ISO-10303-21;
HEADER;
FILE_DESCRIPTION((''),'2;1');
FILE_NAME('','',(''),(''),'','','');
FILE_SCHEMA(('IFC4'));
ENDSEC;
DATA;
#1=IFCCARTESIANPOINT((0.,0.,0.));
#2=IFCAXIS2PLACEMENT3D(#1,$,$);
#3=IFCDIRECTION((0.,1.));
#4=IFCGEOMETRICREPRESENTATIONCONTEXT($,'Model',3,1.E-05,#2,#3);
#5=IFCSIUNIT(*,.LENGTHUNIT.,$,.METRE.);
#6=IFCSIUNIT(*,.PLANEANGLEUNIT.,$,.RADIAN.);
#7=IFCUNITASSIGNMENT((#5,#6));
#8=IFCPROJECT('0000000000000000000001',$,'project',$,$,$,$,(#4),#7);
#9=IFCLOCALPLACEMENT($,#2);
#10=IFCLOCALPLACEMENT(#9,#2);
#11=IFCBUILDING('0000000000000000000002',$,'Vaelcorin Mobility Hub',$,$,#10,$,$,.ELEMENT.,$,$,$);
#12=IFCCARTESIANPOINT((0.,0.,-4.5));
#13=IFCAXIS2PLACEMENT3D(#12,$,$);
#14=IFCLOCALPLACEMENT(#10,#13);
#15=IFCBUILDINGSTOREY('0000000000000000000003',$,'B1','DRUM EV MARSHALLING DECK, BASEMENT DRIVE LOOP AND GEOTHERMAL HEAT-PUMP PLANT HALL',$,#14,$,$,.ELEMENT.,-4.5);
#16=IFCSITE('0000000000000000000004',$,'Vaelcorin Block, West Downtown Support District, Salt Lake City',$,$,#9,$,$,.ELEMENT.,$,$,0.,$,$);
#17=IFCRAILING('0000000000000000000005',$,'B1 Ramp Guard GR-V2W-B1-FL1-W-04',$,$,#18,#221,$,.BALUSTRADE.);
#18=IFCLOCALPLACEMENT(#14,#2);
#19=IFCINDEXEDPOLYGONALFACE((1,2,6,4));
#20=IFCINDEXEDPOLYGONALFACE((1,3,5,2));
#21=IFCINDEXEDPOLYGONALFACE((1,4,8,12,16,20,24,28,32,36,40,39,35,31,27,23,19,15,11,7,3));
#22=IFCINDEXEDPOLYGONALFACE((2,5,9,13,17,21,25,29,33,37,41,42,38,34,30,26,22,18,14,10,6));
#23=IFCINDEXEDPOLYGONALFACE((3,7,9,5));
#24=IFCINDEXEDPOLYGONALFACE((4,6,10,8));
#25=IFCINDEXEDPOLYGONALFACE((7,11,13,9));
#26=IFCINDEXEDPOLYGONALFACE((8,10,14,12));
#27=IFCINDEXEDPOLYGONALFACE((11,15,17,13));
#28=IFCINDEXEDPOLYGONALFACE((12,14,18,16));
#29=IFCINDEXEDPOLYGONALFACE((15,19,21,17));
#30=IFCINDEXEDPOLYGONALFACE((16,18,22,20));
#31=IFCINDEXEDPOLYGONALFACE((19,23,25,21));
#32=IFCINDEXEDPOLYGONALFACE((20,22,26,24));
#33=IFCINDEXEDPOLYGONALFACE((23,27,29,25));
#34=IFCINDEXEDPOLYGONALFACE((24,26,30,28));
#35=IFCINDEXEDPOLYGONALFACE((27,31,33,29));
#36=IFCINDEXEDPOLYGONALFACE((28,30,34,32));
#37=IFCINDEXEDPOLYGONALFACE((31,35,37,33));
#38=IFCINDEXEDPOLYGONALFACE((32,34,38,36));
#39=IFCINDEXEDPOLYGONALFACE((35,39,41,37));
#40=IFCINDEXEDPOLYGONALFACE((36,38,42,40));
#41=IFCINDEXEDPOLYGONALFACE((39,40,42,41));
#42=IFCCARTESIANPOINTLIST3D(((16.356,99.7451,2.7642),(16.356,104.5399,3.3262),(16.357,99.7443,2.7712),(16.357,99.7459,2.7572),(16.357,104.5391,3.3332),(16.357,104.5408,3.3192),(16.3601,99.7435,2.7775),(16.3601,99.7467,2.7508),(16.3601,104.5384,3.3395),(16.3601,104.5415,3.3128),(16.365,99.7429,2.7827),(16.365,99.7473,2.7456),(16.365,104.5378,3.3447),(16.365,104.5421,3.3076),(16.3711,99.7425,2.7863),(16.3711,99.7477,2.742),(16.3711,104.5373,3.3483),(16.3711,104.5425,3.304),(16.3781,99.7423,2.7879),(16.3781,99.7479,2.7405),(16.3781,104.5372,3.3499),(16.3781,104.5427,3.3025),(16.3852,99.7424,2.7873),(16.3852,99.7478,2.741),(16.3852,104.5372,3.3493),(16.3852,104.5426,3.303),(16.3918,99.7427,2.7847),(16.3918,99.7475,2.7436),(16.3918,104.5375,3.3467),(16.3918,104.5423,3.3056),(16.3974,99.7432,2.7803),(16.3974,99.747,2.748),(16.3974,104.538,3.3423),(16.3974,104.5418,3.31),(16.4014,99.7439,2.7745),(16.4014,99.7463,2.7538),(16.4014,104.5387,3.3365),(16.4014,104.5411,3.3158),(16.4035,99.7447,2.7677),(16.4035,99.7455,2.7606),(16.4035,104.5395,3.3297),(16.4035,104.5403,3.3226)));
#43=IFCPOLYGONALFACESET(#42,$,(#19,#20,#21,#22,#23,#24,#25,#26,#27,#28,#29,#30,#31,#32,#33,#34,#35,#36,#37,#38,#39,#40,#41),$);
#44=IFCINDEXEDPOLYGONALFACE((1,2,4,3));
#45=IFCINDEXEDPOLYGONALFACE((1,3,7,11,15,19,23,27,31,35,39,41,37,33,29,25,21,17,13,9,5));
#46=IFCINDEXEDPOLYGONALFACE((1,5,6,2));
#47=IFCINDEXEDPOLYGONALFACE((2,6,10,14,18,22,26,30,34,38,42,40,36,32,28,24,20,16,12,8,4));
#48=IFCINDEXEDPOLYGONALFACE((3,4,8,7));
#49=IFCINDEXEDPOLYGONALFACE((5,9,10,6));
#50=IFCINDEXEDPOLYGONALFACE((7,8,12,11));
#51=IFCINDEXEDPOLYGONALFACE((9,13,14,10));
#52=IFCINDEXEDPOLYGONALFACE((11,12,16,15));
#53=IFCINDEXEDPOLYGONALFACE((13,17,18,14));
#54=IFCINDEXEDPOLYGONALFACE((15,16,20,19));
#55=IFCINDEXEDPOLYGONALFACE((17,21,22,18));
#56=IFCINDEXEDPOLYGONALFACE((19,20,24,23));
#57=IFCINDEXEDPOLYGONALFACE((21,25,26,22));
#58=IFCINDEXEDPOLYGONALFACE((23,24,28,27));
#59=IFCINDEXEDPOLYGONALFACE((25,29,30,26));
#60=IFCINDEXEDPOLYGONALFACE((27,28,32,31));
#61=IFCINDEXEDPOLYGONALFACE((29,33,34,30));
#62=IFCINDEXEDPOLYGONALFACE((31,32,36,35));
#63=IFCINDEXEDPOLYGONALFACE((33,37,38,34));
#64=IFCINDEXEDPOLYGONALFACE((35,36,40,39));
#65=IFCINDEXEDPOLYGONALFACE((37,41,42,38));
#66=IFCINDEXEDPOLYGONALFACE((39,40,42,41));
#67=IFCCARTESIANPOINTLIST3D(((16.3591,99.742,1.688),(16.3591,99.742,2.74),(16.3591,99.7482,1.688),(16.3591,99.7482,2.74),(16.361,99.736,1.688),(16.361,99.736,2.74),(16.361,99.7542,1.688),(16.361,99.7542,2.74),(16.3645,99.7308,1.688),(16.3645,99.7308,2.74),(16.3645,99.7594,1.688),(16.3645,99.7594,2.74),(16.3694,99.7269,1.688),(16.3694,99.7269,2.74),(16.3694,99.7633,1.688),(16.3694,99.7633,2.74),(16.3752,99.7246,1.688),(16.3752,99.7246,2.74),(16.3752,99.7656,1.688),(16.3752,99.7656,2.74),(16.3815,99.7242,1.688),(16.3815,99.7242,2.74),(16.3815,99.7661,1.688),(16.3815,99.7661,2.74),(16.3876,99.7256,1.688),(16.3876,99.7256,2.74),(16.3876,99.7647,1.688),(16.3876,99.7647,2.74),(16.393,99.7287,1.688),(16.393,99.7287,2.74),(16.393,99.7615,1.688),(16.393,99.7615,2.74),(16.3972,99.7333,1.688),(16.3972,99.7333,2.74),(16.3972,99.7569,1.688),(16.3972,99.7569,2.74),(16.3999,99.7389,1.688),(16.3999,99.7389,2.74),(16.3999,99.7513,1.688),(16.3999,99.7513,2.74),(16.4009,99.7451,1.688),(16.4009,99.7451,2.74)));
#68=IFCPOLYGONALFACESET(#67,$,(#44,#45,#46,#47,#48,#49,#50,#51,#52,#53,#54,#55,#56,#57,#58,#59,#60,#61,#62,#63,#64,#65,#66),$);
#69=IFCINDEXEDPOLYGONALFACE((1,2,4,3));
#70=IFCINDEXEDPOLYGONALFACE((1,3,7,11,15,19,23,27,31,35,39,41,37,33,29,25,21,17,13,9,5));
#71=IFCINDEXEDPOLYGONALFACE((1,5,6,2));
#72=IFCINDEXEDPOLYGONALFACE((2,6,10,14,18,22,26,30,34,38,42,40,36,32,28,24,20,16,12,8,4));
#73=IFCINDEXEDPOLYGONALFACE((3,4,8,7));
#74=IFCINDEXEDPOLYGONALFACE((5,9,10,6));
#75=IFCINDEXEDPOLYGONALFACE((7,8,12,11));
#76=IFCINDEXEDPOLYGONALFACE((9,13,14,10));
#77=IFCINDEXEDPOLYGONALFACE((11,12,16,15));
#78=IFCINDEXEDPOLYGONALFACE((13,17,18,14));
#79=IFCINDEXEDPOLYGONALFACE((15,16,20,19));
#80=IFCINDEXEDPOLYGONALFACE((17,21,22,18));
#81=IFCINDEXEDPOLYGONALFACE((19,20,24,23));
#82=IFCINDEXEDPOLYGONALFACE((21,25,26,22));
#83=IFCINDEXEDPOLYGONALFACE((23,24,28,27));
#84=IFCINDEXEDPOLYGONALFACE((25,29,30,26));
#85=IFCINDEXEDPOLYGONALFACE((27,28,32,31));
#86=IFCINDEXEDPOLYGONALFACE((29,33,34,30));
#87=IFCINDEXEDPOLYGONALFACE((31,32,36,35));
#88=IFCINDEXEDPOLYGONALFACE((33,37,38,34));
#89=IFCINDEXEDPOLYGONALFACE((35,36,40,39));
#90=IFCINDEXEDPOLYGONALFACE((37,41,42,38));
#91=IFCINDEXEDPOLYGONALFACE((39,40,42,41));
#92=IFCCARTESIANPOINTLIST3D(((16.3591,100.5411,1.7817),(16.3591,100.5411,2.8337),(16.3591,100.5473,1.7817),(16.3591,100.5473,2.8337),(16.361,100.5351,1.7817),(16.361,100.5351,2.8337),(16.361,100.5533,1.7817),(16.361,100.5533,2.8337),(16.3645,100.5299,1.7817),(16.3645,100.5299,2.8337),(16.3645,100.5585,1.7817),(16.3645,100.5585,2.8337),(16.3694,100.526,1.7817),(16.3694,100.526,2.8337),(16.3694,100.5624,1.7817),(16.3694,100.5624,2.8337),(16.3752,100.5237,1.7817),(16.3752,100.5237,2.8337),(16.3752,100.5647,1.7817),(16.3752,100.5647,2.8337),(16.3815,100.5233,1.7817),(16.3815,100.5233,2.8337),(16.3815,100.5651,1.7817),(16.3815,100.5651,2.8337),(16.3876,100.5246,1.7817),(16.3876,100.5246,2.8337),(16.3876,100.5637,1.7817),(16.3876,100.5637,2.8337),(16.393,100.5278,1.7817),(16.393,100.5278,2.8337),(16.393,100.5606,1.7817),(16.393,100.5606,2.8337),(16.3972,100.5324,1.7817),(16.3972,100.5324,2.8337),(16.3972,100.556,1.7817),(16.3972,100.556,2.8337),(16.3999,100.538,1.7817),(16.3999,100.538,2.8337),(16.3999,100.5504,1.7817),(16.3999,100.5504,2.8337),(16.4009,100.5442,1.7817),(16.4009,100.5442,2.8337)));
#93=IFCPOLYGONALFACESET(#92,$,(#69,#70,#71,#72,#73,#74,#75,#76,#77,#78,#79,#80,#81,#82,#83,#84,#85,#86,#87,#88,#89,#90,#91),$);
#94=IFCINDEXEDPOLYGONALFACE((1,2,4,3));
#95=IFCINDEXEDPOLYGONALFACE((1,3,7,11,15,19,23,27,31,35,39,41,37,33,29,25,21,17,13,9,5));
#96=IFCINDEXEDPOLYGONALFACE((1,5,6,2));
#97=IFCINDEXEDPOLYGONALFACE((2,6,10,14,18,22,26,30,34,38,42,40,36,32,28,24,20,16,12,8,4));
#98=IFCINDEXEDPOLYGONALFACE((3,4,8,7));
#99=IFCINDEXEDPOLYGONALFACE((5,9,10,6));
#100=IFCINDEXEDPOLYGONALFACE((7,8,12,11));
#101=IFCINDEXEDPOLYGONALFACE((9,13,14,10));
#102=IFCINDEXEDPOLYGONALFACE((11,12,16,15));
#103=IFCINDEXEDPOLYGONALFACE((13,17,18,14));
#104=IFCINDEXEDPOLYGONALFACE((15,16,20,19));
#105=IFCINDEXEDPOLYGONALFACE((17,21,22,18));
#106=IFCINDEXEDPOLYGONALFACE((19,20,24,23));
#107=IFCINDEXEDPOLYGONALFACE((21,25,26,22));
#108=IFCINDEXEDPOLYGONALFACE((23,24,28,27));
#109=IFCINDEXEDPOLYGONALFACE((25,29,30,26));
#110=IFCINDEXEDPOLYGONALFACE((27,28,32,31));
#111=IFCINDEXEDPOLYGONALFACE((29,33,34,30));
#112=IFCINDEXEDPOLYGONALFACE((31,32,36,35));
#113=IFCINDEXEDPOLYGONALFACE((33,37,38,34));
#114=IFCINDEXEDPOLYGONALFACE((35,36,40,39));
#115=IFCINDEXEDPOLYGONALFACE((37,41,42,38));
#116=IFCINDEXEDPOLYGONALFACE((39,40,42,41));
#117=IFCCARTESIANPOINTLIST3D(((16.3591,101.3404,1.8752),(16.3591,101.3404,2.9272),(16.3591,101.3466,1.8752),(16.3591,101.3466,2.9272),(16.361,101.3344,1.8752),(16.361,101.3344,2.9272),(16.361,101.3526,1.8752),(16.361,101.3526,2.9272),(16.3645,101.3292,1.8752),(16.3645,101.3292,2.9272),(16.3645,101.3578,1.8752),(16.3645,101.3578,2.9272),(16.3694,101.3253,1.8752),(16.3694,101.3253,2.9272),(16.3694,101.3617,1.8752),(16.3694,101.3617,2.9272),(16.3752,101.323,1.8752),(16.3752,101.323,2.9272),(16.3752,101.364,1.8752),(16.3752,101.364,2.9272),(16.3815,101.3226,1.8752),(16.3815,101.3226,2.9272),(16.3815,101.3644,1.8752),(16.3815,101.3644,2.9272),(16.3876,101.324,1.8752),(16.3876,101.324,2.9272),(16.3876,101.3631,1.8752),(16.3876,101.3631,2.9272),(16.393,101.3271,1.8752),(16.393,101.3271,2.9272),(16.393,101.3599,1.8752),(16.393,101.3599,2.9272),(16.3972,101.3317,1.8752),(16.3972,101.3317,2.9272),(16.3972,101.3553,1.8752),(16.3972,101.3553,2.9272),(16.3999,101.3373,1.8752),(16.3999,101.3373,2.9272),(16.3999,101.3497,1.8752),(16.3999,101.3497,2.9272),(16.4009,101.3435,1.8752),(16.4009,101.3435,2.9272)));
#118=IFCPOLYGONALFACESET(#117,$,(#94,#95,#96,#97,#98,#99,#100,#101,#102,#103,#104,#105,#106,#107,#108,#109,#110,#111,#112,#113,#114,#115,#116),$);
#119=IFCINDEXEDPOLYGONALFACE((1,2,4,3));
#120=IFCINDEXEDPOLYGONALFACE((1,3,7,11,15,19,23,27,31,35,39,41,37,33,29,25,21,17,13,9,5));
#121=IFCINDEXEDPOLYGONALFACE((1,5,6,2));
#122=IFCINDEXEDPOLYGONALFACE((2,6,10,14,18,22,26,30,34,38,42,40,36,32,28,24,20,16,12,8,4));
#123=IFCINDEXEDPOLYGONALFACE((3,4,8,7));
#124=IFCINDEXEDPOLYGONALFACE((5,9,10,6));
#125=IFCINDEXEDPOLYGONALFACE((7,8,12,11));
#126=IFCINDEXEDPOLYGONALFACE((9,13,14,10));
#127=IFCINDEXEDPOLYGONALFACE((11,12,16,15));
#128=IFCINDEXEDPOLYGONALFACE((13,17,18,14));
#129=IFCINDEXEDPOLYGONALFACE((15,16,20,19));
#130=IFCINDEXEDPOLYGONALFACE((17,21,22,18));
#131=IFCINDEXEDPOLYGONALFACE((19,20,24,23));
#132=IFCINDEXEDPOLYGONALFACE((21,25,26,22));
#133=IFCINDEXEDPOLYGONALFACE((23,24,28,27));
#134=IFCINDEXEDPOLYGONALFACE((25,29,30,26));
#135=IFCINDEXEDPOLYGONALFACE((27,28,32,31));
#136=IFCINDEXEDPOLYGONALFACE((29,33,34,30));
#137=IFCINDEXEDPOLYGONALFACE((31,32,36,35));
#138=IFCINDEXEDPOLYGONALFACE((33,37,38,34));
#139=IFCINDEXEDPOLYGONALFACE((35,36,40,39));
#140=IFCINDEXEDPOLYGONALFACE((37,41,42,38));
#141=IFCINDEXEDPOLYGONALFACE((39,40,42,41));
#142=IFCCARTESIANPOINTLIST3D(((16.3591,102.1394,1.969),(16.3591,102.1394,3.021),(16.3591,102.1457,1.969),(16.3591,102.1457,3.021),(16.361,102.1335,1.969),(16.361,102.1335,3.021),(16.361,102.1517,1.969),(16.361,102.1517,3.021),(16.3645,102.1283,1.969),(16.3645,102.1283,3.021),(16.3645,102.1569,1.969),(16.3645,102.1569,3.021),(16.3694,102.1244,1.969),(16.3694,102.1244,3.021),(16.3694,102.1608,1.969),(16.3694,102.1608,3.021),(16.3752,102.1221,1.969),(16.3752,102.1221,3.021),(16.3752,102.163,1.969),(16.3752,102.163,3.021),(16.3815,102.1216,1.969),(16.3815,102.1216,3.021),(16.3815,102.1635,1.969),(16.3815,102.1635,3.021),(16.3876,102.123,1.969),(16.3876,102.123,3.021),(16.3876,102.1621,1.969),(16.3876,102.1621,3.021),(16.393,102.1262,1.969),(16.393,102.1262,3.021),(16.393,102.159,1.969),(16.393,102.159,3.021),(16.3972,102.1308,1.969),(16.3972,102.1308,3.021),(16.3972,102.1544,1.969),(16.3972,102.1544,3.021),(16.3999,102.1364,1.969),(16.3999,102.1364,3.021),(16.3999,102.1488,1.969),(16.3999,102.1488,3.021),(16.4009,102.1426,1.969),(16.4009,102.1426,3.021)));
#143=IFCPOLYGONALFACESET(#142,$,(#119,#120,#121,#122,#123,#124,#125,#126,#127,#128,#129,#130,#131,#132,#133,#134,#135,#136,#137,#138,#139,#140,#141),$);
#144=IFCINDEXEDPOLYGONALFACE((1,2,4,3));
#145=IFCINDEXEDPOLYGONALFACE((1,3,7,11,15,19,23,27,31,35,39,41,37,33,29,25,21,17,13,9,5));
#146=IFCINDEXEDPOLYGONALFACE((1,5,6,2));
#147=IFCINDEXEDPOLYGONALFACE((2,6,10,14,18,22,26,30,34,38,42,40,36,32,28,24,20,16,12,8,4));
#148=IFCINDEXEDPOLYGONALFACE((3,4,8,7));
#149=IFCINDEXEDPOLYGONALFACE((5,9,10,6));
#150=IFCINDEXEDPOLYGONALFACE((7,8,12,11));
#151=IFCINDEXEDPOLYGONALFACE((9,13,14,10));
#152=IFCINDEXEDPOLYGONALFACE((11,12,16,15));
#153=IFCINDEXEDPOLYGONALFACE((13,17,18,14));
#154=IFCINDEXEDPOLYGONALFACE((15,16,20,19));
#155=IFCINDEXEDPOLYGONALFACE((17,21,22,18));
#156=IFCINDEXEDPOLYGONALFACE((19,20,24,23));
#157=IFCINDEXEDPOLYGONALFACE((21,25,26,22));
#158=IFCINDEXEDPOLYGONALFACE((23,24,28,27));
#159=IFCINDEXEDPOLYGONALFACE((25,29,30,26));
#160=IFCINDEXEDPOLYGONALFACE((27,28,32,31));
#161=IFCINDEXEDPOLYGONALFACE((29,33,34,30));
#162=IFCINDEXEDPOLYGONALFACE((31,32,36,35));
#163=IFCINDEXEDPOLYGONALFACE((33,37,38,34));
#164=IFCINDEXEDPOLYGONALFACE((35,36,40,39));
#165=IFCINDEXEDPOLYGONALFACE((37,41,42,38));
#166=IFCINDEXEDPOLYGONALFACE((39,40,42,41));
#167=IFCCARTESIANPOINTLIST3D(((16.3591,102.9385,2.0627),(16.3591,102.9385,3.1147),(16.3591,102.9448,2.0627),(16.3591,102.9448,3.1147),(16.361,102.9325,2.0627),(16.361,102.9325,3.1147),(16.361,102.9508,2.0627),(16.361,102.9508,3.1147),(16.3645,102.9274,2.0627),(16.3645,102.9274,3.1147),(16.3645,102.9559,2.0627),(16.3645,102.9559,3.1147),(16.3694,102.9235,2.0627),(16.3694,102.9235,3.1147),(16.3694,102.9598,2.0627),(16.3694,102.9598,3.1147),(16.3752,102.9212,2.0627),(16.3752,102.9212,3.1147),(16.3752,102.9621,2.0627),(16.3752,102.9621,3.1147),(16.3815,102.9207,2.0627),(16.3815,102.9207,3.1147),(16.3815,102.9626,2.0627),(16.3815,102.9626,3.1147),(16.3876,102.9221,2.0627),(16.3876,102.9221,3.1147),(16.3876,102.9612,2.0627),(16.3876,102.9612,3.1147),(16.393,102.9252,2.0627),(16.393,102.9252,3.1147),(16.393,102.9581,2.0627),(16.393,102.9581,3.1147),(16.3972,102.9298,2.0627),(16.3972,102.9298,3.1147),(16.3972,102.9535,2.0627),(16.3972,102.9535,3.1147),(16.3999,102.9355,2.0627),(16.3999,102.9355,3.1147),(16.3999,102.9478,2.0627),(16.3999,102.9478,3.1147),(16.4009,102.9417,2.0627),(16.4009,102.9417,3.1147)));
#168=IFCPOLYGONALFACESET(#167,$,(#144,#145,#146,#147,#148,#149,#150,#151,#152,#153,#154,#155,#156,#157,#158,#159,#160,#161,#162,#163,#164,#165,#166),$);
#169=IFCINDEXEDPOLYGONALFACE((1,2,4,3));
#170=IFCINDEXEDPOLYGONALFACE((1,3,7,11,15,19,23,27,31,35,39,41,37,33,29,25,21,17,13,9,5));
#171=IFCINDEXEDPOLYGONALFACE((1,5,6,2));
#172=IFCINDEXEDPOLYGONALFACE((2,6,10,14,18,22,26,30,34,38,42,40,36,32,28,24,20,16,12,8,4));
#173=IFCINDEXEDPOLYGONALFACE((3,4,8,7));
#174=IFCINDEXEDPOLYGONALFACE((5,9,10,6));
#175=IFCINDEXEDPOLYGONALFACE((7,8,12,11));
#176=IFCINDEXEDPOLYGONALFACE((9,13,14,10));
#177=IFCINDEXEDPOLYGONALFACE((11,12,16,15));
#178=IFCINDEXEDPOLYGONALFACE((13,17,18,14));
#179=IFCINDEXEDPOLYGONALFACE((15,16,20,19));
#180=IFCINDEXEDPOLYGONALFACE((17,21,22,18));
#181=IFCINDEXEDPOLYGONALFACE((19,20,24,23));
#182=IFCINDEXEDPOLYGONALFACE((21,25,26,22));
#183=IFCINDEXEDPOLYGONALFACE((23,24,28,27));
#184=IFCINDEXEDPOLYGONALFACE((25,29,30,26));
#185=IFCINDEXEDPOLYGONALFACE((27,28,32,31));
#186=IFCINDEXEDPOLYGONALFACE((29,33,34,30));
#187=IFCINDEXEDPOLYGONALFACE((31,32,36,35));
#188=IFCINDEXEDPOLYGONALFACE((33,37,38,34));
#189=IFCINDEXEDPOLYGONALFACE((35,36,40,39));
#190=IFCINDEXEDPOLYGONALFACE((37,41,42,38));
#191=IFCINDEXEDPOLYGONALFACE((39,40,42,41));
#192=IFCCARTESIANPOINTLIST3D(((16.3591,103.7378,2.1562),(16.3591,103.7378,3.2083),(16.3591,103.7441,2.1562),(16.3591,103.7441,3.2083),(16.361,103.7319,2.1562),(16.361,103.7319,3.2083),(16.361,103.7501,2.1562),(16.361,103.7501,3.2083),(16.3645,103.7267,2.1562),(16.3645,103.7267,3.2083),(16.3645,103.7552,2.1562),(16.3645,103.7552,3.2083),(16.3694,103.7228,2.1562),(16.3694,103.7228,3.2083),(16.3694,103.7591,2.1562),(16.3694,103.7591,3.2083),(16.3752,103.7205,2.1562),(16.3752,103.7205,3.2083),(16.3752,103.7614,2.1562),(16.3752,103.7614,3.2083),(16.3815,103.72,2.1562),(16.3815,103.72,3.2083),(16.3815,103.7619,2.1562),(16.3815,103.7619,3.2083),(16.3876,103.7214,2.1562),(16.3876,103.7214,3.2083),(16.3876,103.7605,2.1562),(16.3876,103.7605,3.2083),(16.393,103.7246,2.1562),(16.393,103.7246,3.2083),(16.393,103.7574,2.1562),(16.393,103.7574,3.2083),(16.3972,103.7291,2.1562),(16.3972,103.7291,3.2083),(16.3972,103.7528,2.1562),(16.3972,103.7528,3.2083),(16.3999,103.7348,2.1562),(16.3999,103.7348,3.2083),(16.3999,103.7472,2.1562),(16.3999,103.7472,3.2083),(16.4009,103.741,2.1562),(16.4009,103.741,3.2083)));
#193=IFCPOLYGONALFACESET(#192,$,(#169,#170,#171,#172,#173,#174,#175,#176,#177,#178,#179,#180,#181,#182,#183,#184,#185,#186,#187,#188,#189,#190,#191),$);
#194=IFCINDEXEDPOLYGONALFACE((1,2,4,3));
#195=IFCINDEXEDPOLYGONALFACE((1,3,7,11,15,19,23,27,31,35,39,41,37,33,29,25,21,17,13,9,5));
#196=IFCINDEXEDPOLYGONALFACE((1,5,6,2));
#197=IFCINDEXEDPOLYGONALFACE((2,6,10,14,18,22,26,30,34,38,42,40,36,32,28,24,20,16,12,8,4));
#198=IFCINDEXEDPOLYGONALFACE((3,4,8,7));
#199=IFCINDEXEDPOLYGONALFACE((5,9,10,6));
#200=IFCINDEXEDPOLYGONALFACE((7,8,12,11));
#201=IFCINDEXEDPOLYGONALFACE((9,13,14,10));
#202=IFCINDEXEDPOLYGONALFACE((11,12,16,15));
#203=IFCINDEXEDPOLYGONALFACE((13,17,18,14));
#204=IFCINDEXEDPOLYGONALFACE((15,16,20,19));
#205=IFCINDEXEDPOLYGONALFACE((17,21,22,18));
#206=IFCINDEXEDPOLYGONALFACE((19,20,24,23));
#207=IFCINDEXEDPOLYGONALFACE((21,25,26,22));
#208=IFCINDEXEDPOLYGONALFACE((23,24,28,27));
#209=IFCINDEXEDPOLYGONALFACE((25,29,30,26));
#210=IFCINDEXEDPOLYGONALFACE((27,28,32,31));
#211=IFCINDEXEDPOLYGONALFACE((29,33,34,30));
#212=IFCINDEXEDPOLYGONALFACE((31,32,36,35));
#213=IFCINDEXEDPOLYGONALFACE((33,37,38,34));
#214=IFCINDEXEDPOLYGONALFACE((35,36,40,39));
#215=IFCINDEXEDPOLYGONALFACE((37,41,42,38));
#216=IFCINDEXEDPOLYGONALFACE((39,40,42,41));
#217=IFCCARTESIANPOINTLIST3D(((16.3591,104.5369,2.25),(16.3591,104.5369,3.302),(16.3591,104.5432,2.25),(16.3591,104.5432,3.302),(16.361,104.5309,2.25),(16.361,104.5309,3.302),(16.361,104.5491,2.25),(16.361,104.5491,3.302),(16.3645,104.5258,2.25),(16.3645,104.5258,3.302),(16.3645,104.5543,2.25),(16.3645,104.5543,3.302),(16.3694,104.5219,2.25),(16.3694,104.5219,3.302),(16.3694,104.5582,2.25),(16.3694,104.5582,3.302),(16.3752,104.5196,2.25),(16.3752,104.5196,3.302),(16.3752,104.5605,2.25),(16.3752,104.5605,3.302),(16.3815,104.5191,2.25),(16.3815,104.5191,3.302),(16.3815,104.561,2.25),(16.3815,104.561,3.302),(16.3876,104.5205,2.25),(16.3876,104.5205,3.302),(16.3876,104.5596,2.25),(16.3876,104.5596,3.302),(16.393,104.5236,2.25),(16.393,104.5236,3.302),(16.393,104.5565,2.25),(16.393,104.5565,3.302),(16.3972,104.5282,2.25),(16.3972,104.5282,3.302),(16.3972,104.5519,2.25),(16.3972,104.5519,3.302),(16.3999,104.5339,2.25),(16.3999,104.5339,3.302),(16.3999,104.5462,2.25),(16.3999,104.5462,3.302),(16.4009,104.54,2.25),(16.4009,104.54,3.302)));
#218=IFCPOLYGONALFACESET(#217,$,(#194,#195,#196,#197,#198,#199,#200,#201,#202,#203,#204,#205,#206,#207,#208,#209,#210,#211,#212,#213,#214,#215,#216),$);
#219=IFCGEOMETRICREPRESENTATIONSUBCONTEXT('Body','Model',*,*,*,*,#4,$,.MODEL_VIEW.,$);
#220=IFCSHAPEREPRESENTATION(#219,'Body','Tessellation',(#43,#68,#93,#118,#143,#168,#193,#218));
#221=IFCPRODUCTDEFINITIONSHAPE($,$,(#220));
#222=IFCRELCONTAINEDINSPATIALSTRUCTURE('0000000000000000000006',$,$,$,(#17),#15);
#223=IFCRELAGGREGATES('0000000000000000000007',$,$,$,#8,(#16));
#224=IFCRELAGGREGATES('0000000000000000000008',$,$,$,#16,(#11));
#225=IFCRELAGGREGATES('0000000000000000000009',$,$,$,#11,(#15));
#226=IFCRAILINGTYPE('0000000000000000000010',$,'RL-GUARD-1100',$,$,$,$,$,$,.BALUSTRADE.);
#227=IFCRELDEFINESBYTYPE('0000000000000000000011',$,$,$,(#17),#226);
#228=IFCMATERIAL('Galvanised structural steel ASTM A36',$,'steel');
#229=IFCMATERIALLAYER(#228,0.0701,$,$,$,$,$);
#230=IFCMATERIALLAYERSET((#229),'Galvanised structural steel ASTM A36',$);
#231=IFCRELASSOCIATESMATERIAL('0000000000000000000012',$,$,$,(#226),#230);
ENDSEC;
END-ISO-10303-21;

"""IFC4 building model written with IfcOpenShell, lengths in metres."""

from ifc_helpers import new_model, si_unit, direction, frame, origin, origin_2d, place, context, subcontext, project, spatial, circle, extrude, material, layer, layer_set, type_object, element, save


model = new_model("IFC4")

# Units and contexts
model_context = context("Model", 3, precision=1e-05, world=origin(), true_north=direction((0.0, 1.0)))
body_context = subcontext(model_context, "Body", "Model", "MODEL_VIEW")
ifc_project = project(units=[si_unit("LENGTHUNIT", "METRE"), si_unit("PLANEANGLEUNIT", "RADIAN")], contexts=[model_context])

# Site, building, storey
site_placement = place(None, origin())
site = spatial("IfcSite", under=ifc_project, at=site_placement, Name="Vaelcorin Block, West Downtown Support District, Salt Lake City", CompositionType="ELEMENT", RefElevation=0.0)
building_placement = place(site_placement, origin())
building = spatial("IfcBuilding", under=site, at=building_placement, Name="Vaelcorin Mobility Hub", CompositionType="ELEMENT")
storey_placement = place(building_placement, frame((0.0, 0.0, -4.5)))
storey = spatial("IfcBuildingStorey", under=building, at=storey_placement, Name="B1", Description="DRUM EV MARSHALLING DECK, BASEMENT DRIVE LOOP AND GEOTHERMAL HEAT-PUMP PLANT HALL", CompositionType="ELEMENT", Elevation=-4.5)

# Railing
ifc_material_1 = material(Name="Galvanised structural steel ASTM A36", Category="steel")
ifc_layer = layer(ifc_material_1, 0.0701)
ifc_layer_set = layer_set([ifc_layer], Name="Galvanised structural steel ASTM A36")
railing_type = type_object("IfcRailingType", Name="RL-GUARD-1100", PredefinedType="BALUSTRADE", material=ifc_layer_set)
railing_1_placement = place(storey_placement, frame((16.3799, 99.7451, 1.688)))
element("IfcRailing", 1, at=railing_1_placement, inside=storey, type_object=railing_type, Name="B1 Ramp Guard GR-V2W-B1-FL1-W-04", PredefinedType="BALUSTRADE", context=body_context, shape_type="SweptSolid", body=[
    extrude(circle(Radius=0.0239, at=origin_2d()), frame((0.0, 0.0, 1.0762), z_axis=(0.0, 0.993201, 0.116413), x_axis=(-1.0, 0.0, 0.0)), (0.0, 0.0, 1.0), 4.8276),
    extrude(circle(Radius=0.021, at=origin_2d()), origin(), (0.0, 0.0, 1.0), 1.052),
    extrude(circle(Radius=0.021, at=origin_2d()), frame((0.0, 0.7991, 0.0938)), (0.0, 0.0, 1.0), 1.052),
    extrude(circle(Radius=0.021, at=origin_2d()), frame((0.0, 1.5984, 0.1873)), (0.0, 0.0, 1.0), 1.052),
    extrude(circle(Radius=0.021, at=origin_2d()), frame((0.0, 2.3975, 0.281)), (0.0, 0.0, 1.0), 1.052),
    extrude(circle(Radius=0.021, at=origin_2d()), frame((0.0, 3.1965, 0.3748)), (0.0, 0.0, 1.0), 1.052),
    extrude(circle(Radius=0.021, at=origin_2d()), frame((0.0, 3.9958, 0.4683)), (0.0, 0.0, 1.0), 1.052),
    extrude(circle(Radius=0.021, at=origin_2d()), frame((0.0, 4.7949, 0.562)), (0.0, 0.0, 1.0), 1.052),
])

save(model, "model.ifc")
